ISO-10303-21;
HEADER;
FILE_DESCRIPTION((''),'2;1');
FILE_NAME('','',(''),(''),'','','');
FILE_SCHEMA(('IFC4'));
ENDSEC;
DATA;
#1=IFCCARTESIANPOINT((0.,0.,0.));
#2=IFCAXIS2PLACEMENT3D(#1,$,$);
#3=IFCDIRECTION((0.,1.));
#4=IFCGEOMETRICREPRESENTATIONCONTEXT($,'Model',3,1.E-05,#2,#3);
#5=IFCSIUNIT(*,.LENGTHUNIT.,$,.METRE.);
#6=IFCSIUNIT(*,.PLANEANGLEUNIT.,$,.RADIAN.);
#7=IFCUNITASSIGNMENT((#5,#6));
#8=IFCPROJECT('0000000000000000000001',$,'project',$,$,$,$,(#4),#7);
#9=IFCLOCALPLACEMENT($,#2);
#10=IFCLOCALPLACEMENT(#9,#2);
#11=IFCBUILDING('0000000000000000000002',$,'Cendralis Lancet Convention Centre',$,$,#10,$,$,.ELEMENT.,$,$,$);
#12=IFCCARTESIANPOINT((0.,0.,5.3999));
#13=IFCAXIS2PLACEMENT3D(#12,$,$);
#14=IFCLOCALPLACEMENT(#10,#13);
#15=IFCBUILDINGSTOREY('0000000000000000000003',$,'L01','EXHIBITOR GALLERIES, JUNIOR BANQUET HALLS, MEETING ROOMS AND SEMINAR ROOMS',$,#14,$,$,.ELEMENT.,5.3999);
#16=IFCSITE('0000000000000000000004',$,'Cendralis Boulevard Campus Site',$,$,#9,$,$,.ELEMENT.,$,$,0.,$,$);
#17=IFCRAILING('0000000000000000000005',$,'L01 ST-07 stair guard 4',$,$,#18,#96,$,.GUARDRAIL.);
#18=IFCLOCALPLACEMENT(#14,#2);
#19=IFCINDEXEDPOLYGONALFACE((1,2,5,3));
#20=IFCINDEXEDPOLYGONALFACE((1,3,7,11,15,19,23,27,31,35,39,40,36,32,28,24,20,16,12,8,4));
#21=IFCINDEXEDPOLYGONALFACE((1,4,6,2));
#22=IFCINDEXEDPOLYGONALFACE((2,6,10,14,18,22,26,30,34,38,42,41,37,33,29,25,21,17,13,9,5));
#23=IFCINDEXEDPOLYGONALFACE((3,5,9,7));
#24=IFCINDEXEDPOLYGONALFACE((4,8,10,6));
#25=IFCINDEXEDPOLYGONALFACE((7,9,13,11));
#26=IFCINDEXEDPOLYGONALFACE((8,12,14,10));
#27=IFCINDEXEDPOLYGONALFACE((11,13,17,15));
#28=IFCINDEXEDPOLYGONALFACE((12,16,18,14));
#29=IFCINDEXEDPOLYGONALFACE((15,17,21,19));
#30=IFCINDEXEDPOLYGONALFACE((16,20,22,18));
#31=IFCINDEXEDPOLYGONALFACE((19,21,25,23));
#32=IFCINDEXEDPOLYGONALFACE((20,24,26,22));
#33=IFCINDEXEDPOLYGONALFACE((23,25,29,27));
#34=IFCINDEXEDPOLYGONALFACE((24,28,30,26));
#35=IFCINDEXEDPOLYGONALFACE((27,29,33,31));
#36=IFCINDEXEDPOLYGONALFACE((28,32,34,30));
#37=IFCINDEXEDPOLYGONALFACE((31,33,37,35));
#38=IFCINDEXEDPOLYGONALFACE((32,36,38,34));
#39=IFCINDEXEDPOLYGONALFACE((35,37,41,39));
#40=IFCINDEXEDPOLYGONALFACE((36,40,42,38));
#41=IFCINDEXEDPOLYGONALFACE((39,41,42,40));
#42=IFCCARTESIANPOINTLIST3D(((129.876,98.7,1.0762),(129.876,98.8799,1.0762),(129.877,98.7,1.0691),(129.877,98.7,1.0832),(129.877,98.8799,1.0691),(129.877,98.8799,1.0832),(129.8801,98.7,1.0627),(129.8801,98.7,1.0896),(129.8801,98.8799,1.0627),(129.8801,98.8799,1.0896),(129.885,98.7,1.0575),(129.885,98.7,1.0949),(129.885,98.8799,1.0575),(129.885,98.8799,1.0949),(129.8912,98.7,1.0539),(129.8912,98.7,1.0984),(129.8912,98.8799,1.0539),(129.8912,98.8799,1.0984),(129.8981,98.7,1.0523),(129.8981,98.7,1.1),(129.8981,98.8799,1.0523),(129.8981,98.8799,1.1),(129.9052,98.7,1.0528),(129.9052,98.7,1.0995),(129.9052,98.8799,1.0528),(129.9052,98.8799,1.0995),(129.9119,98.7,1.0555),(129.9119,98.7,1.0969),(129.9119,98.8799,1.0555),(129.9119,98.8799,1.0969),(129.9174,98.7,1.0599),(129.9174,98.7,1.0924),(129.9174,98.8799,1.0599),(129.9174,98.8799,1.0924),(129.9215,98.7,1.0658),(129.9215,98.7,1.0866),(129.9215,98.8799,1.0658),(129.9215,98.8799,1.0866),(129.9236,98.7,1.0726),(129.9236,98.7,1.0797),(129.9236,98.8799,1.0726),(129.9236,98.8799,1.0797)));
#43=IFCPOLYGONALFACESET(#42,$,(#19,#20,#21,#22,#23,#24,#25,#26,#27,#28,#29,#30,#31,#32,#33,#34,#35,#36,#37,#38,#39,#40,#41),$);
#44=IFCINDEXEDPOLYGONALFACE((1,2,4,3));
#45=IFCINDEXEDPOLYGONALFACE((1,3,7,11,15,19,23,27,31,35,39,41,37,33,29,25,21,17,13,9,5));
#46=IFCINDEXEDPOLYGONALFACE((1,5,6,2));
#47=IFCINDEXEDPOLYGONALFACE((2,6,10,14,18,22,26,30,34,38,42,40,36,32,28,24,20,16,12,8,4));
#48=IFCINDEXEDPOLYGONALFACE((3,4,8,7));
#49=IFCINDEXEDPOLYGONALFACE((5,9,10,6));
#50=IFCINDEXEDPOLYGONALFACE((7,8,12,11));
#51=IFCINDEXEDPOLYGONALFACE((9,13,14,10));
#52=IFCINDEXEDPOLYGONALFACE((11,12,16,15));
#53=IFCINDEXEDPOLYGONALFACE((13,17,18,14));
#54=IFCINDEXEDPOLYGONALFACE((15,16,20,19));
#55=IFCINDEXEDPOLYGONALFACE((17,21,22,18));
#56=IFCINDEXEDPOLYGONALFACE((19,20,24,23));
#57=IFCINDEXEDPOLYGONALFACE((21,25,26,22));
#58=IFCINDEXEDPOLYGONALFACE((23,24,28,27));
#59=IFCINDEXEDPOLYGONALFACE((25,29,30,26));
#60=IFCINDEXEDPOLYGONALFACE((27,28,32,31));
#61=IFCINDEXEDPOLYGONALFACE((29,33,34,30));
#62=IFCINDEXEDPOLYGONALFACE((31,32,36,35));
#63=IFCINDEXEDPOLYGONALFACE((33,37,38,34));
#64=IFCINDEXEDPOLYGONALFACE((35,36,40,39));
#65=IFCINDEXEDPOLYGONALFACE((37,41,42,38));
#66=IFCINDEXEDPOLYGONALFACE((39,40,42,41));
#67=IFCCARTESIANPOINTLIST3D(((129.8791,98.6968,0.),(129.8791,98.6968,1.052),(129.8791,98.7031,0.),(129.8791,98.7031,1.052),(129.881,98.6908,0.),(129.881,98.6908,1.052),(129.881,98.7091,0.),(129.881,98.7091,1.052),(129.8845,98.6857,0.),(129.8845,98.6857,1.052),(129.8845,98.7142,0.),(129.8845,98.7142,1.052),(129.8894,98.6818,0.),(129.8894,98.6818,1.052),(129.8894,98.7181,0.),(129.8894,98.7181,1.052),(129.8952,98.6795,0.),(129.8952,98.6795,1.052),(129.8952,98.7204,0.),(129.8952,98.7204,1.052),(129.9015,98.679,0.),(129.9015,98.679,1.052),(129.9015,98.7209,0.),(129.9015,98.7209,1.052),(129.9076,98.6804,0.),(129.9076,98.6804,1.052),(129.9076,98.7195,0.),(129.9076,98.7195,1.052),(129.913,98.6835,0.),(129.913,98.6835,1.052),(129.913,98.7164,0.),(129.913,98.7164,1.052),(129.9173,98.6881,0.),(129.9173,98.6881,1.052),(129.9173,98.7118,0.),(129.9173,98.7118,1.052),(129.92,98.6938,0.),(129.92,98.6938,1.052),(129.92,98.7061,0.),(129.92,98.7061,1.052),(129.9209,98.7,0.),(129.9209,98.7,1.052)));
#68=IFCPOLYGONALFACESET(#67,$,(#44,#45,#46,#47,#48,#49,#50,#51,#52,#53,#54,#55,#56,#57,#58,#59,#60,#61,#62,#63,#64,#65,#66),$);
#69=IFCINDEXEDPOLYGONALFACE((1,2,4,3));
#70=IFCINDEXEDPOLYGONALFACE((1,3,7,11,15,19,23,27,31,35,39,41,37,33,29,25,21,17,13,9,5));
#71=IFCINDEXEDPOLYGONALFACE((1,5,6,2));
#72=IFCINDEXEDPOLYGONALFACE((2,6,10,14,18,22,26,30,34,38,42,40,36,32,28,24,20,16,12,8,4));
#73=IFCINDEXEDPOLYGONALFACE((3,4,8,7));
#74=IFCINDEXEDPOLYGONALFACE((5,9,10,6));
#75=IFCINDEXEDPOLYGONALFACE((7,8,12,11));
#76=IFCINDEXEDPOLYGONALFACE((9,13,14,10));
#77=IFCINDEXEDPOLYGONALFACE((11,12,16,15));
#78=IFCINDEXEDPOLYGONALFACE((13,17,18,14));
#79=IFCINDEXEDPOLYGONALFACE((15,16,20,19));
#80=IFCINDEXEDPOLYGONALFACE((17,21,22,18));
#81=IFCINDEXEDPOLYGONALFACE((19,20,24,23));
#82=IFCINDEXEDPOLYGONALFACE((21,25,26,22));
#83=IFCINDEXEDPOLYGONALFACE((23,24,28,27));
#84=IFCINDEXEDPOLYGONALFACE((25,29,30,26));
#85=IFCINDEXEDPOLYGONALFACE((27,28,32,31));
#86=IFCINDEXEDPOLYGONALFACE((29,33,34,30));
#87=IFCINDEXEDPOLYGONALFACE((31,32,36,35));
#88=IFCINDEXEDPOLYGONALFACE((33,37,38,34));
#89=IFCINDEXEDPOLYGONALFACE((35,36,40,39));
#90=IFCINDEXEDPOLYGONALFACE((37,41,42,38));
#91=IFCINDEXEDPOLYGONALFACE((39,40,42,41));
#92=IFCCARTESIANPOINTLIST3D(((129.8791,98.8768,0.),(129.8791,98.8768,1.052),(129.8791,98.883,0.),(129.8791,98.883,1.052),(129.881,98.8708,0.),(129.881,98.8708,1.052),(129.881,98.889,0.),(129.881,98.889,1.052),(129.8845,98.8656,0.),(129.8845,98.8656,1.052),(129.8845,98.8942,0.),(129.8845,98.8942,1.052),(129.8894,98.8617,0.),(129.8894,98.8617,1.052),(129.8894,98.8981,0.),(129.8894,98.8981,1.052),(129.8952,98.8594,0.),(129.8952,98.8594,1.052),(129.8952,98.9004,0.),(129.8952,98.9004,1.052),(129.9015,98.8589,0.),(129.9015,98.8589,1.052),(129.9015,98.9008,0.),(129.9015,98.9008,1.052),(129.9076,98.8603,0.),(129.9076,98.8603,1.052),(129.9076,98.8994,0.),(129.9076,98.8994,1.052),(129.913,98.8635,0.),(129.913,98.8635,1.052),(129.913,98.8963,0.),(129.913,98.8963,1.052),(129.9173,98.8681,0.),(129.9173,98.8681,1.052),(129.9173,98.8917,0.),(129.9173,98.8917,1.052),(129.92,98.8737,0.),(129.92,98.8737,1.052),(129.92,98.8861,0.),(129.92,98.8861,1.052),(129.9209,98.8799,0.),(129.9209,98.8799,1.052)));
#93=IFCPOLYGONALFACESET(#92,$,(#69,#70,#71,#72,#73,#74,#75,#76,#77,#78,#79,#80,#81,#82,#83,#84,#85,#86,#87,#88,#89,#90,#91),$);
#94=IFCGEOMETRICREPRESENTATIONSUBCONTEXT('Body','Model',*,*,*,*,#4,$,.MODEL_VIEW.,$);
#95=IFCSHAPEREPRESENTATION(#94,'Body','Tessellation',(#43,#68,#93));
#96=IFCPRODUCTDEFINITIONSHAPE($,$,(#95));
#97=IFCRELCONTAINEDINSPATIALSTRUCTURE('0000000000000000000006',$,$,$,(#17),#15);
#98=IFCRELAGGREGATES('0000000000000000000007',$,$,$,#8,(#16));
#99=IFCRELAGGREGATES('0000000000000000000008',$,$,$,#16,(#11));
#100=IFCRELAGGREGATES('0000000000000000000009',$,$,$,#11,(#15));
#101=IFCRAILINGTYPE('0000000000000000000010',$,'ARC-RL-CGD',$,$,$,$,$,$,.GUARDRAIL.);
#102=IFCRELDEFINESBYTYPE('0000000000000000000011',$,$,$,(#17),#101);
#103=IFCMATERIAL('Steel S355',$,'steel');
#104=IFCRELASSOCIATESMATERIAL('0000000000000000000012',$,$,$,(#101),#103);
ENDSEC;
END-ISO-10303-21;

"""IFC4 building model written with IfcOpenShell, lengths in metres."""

from ifc_helpers import new_model, si_unit, direction, frame, origin, origin_2d, place, context, subcontext, project, spatial, circle, extrude, material, type_object, element, save


model = new_model("IFC4")

# Units and contexts
model_context = context("Model", 3, precision=1e-05, world=origin(), true_north=direction((0.0, 1.0)))
body_context = subcontext(model_context, "Body", "Model", "MODEL_VIEW")
ifc_project = project(units=[si_unit("LENGTHUNIT", "METRE"), si_unit("PLANEANGLEUNIT", "RADIAN")], contexts=[model_context])

# Site, building, storey
site_placement = place(None, origin())
site = spatial("IfcSite", under=ifc_project, at=site_placement, Name="Cendralis Boulevard Campus Site", CompositionType="ELEMENT", RefElevation=0.0)
building_placement = place(site_placement, origin())
building = spatial("IfcBuilding", under=site, at=building_placement, Name="Cendralis Lancet Convention Centre", CompositionType="ELEMENT")
storey_placement = place(building_placement, frame((0.0, 0.0, 5.3999)))
storey = spatial("IfcBuildingStorey", under=building, at=storey_placement, Name="L01", Description="EXHIBITOR GALLERIES, JUNIOR BANQUET HALLS, MEETING ROOMS AND SEMINAR ROOMS", CompositionType="ELEMENT", Elevation=5.3999)

# Shared definitions
ifc_material_1 = material(Name="Steel S355", Category="steel")

# Railing
railing_type_1 = type_object("IfcRailingType", Name="ARC-RL-CGD", PredefinedType="GUARDRAIL", material=ifc_material_1)
railing_1_placement = place(storey_placement, frame((129.8999, 98.7, 0.0)))
element("IfcRailing", 1, at=railing_1_placement, inside=storey, type_object=railing_type_1, Name="L01 ST-07 stair guard 4", PredefinedType="GUARDRAIL", context=body_context, shape_type="SweptSolid", body=[
    extrude(circle(Radius=0.0239, at=origin_2d()), frame((0.0, 0.0, 1.0762), z_axis=(0.0, 1.0, 0.0), x_axis=(-1.0, 0.0, 0.0)), (0.0, 0.0, 1.0), 0.1799),
    extrude(circle(Radius=0.021, at=origin_2d()), origin(), (0.0, 0.0, 1.0), 1.052),
    extrude(circle(Radius=0.021, at=origin_2d()), frame((0.0, 0.1799, 0.0)), (0.0, 0.0, 1.0), 1.052),
])

save(model, "model.ifc")
